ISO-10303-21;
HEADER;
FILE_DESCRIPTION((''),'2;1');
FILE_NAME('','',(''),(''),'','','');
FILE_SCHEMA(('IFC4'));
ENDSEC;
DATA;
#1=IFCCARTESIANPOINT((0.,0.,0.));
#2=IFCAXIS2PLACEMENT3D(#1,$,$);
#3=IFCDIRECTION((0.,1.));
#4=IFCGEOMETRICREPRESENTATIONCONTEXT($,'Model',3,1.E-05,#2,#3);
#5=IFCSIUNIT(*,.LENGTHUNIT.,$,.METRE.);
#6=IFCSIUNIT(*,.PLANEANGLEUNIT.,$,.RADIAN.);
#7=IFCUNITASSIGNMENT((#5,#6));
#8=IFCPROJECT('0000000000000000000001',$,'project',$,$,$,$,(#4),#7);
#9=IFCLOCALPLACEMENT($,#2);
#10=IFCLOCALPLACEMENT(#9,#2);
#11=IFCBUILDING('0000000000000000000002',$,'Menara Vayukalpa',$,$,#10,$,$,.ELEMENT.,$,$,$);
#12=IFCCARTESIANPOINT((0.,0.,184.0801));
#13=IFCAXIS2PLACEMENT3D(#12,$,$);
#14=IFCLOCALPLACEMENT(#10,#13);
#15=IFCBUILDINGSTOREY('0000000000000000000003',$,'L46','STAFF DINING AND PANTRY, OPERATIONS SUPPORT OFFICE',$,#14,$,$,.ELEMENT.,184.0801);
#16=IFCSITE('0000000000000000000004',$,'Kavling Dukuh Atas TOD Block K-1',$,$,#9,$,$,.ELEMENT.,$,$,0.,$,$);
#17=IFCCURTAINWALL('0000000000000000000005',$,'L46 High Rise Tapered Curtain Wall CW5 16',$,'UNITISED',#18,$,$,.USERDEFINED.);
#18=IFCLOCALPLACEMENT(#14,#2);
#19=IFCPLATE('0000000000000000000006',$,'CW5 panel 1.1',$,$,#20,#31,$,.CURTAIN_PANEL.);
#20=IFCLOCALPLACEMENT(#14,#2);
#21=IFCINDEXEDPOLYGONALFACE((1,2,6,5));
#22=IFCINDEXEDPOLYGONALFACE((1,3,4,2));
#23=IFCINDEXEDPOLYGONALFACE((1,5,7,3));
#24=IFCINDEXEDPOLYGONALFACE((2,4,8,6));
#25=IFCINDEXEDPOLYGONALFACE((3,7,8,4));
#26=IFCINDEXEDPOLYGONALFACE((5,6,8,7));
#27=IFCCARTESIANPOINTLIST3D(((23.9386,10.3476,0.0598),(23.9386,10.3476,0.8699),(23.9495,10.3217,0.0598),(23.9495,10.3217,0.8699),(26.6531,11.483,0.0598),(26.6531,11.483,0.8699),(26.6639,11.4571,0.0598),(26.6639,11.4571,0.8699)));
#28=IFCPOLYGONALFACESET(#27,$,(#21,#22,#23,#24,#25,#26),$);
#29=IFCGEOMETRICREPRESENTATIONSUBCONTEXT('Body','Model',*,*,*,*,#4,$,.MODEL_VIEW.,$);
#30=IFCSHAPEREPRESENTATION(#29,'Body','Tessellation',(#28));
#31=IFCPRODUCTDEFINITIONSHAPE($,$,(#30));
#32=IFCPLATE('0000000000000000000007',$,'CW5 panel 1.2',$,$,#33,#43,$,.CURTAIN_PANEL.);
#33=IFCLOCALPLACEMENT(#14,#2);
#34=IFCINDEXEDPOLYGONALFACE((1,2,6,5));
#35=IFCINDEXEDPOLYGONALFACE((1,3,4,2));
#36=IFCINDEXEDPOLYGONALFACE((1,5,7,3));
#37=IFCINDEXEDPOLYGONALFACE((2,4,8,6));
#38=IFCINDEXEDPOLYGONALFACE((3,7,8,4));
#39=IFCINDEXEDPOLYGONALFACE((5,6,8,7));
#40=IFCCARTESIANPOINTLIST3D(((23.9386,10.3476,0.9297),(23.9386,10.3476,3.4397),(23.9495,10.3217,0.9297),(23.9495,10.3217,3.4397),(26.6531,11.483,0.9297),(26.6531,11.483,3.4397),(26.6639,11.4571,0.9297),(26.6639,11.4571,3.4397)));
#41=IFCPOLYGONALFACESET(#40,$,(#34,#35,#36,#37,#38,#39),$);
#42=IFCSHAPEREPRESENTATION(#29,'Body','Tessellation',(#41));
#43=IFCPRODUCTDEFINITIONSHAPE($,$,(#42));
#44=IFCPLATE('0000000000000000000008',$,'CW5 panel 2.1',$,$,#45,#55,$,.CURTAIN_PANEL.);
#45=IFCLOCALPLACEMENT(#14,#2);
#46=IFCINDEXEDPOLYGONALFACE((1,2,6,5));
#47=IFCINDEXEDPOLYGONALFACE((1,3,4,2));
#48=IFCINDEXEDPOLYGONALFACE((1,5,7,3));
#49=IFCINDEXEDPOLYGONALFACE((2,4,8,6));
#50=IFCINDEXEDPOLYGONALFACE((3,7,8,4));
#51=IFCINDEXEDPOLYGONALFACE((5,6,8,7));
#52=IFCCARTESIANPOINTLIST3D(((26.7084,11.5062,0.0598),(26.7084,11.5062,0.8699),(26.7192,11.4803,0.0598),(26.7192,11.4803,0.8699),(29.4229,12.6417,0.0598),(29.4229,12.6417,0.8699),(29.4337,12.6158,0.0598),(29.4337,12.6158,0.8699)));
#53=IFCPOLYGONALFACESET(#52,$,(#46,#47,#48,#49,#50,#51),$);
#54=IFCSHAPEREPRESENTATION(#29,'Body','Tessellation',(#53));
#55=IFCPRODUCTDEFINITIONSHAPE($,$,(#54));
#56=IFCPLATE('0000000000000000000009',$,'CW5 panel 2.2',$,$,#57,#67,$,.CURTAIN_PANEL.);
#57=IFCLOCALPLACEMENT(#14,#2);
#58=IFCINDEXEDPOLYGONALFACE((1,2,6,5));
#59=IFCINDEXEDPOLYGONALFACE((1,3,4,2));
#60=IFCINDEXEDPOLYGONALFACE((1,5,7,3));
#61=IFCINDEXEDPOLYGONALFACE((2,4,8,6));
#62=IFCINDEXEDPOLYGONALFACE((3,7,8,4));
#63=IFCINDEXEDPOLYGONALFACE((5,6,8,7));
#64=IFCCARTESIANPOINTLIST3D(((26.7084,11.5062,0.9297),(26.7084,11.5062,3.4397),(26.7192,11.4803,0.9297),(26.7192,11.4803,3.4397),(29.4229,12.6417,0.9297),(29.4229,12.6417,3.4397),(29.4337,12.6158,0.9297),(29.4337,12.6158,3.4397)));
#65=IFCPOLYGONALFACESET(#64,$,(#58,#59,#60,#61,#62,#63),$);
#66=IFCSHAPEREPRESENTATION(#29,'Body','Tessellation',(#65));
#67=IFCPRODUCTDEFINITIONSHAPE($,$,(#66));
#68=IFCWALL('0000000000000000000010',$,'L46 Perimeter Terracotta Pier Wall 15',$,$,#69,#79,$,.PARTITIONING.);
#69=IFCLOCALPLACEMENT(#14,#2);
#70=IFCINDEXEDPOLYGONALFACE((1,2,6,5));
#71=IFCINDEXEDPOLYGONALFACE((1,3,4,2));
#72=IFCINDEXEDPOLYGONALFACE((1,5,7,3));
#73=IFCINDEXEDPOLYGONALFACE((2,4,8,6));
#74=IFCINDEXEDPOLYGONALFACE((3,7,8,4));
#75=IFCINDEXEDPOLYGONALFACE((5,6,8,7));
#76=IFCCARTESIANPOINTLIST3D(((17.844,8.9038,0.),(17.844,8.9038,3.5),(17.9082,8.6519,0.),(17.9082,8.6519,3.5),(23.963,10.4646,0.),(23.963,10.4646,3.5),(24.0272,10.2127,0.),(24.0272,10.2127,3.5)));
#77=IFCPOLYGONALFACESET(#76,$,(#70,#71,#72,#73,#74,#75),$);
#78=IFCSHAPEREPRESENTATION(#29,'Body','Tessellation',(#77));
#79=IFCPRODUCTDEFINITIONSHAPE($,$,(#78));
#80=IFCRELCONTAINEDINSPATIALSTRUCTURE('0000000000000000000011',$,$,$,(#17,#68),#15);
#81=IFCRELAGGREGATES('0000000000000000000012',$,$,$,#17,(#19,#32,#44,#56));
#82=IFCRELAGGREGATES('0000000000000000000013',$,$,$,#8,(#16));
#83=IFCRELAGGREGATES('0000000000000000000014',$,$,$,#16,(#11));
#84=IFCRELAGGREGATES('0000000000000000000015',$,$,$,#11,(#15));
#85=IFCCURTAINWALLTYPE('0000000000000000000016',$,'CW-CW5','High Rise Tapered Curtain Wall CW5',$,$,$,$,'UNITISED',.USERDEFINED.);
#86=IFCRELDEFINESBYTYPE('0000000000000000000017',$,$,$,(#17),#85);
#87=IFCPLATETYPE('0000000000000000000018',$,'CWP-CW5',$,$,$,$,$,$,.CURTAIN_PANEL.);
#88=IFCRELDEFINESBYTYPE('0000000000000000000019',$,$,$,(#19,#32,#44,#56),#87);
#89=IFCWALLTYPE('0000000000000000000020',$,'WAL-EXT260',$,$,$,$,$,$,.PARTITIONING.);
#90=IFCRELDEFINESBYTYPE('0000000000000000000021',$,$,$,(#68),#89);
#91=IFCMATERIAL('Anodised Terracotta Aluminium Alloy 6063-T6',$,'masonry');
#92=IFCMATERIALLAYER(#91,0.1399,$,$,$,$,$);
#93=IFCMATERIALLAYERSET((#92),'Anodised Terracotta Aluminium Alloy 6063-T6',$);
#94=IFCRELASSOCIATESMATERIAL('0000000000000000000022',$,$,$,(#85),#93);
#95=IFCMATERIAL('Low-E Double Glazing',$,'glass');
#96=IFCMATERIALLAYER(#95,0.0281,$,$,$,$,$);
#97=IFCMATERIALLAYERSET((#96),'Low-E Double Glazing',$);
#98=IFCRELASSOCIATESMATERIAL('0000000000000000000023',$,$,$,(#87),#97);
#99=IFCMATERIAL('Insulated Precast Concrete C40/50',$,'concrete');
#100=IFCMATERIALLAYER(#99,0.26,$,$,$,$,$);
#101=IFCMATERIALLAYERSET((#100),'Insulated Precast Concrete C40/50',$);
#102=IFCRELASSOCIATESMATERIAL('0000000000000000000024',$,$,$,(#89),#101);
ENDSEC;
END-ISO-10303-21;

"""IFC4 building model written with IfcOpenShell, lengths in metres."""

from ifc_helpers import new_model, si_unit, direction, frame, frame_2d, origin, origin_2d, place, context, subcontext, project, spatial, rectangle, extrude, material, layer, layer_set, type_object, element, aggregate, save


model = new_model("IFC4")

# Units and contexts
model_context = context("Model", 3, precision=1e-05, world=origin(), true_north=direction((0.0, 1.0)))
body_context = subcontext(model_context, "Body", "Model", "MODEL_VIEW")
ifc_project = project(units=[si_unit("LENGTHUNIT", "METRE"), si_unit("PLANEANGLEUNIT", "RADIAN")], contexts=[model_context])

# Site, building, storey
site_placement = place(None, origin())
site = spatial("IfcSite", under=ifc_project, at=site_placement, Name="Kavling Dukuh Atas TOD Block K-1", CompositionType="ELEMENT", RefElevation=0.0)
building_placement = place(site_placement, origin())
building = spatial("IfcBuilding", under=site, at=building_placement, Name="Menara Vayukalpa", CompositionType="ELEMENT")
storey_placement = place(building_placement, frame((0.0, 0.0, 184.0801)))
storey = spatial("IfcBuildingStorey", under=building, at=storey_placement, Name="L46", Description="STAFF DINING AND PANTRY, OPERATIONS SUPPORT OFFICE", CompositionType="ELEMENT", Elevation=184.0801)

# Curtain wall, plates
ifc_material_1 = material(Name="Anodised Terracotta Aluminium Alloy 6063-T6", Category="masonry")
ifc_layer_1 = layer(ifc_material_1, 0.1399)
ifc_layer_set_1 = layer_set([ifc_layer_1], Name="Anodised Terracotta Aluminium Alloy 6063-T6")
curtain_wall_type = type_object("IfcCurtainWallType", Name="CW-CW5", Description="High Rise Tapered Curtain Wall CW5", ElementType="UNITISED", PredefinedType="USERDEFINED", material=ifc_layer_set_1)
curtain_wall_placement = place(storey_placement, origin())
curtain_wall = element("IfcCurtainWall", 1, at=curtain_wall_placement, inside=storey, type_object=curtain_wall_type, Name="L46 High Rise Tapered Curtain Wall CW5 16", ObjectType="UNITISED", PredefinedType="USERDEFINED")
ifc_material_2 = material(Name="Low-E Double Glazing", Category="glass")
ifc_layer_2 = layer(ifc_material_2, 0.0281)
ifc_layer_set_2 = layer_set([ifc_layer_2], Name="Low-E Double Glazing")
plate_type = type_object("IfcPlateType", Name="CWP-CW5", PredefinedType="CURTAIN_PANEL", material=ifc_layer_set_2)
plate_1_placement = place(storey_placement, frame((25.3013, 10.9023, 0.0598), z_axis=(0.0, 0.0, 1.0), x_axis=(0.922539, 0.385903, 0.0)))
plate_1 = element("IfcPlate", 2, at=plate_1_placement, type_object=plate_type, Name="CW5 panel 1.1", PredefinedType="CURTAIN_PANEL", context=body_context, shape_type="SweptSolid", body=[
    extrude(rectangle(XDim=2.9424, YDim=0.0281, at=origin_2d()), origin(), (0.0, 0.0, 1.0), 0.8101),
])
plate_2_placement = place(storey_placement, frame((25.3013, 10.9023, 0.9297), z_axis=(0.0, 0.0, 1.0), x_axis=(0.922539, 0.385903, 0.0)))
plate_2 = element("IfcPlate", 3, at=plate_2_placement, type_object=plate_type, Name="CW5 panel 1.2", PredefinedType="CURTAIN_PANEL", context=body_context, shape_type="SweptSolid", body=[
    extrude(rectangle(XDim=2.9424, YDim=0.0281, at=origin_2d()), origin(), (0.0, 0.0, 1.0), 2.51),
])
plate_3_placement = place(storey_placement, frame((28.071, 12.061, 0.0598), z_axis=(0.0, 0.0, 1.0), x_axis=(0.922539, 0.385903, 0.0)))
plate_3 = element("IfcPlate", 4, at=plate_3_placement, type_object=plate_type, Name="CW5 panel 2.1", PredefinedType="CURTAIN_PANEL", context=body_context, shape_type="SweptSolid", body=[
    extrude(rectangle(XDim=2.9424, YDim=0.0281, at=origin_2d()), origin(), (0.0, 0.0, 1.0), 0.8101),
])
plate_4_placement = place(storey_placement, frame((28.071, 12.061, 0.9297), z_axis=(0.0, 0.0, 1.0), x_axis=(0.922539, 0.385903, 0.0)))
plate_4 = element("IfcPlate", 5, at=plate_4_placement, type_object=plate_type, Name="CW5 panel 2.2", PredefinedType="CURTAIN_PANEL", context=body_context, shape_type="SweptSolid", body=[
    extrude(rectangle(XDim=2.9424, YDim=0.0281, at=origin_2d()), origin(), (0.0, 0.0, 1.0), 2.51),
])
aggregate(curtain_wall, [plate_1, plate_2, plate_3, plate_4])

# Wall
ifc_material_3 = material(Name="Insulated Precast Concrete C40/50", Category="concrete")
ifc_layer_3 = layer(ifc_material_3, 0.26)
ifc_layer_set_3 = layer_set([ifc_layer_3], Name="Insulated Precast Concrete C40/50")
wall_type = type_object("IfcWallType", Name="WAL-EXT260", PredefinedType="PARTITIONING", material=ifc_layer_set_3)
wall_placement = place(storey_placement, frame((23.9951, 10.3386, 0.0), z_axis=(0.0, 0.0, 1.0), x_axis=(-0.968976, -0.247154, 0.0)))
element("IfcWall", 6, at=wall_placement, inside=storey, type_object=wall_type, Name="L46 Perimeter Terracotta Pier Wall 15", PredefinedType="PARTITIONING", context=body_context, shape_type="SweptSolid", body=[
    extrude(rectangle(XDim=6.3149, YDim=0.26, at=frame_2d((3.1575, 0.0))), origin(), (0.0, 0.0, 1.0), 3.5),
])

save(model, "model.ifc")
